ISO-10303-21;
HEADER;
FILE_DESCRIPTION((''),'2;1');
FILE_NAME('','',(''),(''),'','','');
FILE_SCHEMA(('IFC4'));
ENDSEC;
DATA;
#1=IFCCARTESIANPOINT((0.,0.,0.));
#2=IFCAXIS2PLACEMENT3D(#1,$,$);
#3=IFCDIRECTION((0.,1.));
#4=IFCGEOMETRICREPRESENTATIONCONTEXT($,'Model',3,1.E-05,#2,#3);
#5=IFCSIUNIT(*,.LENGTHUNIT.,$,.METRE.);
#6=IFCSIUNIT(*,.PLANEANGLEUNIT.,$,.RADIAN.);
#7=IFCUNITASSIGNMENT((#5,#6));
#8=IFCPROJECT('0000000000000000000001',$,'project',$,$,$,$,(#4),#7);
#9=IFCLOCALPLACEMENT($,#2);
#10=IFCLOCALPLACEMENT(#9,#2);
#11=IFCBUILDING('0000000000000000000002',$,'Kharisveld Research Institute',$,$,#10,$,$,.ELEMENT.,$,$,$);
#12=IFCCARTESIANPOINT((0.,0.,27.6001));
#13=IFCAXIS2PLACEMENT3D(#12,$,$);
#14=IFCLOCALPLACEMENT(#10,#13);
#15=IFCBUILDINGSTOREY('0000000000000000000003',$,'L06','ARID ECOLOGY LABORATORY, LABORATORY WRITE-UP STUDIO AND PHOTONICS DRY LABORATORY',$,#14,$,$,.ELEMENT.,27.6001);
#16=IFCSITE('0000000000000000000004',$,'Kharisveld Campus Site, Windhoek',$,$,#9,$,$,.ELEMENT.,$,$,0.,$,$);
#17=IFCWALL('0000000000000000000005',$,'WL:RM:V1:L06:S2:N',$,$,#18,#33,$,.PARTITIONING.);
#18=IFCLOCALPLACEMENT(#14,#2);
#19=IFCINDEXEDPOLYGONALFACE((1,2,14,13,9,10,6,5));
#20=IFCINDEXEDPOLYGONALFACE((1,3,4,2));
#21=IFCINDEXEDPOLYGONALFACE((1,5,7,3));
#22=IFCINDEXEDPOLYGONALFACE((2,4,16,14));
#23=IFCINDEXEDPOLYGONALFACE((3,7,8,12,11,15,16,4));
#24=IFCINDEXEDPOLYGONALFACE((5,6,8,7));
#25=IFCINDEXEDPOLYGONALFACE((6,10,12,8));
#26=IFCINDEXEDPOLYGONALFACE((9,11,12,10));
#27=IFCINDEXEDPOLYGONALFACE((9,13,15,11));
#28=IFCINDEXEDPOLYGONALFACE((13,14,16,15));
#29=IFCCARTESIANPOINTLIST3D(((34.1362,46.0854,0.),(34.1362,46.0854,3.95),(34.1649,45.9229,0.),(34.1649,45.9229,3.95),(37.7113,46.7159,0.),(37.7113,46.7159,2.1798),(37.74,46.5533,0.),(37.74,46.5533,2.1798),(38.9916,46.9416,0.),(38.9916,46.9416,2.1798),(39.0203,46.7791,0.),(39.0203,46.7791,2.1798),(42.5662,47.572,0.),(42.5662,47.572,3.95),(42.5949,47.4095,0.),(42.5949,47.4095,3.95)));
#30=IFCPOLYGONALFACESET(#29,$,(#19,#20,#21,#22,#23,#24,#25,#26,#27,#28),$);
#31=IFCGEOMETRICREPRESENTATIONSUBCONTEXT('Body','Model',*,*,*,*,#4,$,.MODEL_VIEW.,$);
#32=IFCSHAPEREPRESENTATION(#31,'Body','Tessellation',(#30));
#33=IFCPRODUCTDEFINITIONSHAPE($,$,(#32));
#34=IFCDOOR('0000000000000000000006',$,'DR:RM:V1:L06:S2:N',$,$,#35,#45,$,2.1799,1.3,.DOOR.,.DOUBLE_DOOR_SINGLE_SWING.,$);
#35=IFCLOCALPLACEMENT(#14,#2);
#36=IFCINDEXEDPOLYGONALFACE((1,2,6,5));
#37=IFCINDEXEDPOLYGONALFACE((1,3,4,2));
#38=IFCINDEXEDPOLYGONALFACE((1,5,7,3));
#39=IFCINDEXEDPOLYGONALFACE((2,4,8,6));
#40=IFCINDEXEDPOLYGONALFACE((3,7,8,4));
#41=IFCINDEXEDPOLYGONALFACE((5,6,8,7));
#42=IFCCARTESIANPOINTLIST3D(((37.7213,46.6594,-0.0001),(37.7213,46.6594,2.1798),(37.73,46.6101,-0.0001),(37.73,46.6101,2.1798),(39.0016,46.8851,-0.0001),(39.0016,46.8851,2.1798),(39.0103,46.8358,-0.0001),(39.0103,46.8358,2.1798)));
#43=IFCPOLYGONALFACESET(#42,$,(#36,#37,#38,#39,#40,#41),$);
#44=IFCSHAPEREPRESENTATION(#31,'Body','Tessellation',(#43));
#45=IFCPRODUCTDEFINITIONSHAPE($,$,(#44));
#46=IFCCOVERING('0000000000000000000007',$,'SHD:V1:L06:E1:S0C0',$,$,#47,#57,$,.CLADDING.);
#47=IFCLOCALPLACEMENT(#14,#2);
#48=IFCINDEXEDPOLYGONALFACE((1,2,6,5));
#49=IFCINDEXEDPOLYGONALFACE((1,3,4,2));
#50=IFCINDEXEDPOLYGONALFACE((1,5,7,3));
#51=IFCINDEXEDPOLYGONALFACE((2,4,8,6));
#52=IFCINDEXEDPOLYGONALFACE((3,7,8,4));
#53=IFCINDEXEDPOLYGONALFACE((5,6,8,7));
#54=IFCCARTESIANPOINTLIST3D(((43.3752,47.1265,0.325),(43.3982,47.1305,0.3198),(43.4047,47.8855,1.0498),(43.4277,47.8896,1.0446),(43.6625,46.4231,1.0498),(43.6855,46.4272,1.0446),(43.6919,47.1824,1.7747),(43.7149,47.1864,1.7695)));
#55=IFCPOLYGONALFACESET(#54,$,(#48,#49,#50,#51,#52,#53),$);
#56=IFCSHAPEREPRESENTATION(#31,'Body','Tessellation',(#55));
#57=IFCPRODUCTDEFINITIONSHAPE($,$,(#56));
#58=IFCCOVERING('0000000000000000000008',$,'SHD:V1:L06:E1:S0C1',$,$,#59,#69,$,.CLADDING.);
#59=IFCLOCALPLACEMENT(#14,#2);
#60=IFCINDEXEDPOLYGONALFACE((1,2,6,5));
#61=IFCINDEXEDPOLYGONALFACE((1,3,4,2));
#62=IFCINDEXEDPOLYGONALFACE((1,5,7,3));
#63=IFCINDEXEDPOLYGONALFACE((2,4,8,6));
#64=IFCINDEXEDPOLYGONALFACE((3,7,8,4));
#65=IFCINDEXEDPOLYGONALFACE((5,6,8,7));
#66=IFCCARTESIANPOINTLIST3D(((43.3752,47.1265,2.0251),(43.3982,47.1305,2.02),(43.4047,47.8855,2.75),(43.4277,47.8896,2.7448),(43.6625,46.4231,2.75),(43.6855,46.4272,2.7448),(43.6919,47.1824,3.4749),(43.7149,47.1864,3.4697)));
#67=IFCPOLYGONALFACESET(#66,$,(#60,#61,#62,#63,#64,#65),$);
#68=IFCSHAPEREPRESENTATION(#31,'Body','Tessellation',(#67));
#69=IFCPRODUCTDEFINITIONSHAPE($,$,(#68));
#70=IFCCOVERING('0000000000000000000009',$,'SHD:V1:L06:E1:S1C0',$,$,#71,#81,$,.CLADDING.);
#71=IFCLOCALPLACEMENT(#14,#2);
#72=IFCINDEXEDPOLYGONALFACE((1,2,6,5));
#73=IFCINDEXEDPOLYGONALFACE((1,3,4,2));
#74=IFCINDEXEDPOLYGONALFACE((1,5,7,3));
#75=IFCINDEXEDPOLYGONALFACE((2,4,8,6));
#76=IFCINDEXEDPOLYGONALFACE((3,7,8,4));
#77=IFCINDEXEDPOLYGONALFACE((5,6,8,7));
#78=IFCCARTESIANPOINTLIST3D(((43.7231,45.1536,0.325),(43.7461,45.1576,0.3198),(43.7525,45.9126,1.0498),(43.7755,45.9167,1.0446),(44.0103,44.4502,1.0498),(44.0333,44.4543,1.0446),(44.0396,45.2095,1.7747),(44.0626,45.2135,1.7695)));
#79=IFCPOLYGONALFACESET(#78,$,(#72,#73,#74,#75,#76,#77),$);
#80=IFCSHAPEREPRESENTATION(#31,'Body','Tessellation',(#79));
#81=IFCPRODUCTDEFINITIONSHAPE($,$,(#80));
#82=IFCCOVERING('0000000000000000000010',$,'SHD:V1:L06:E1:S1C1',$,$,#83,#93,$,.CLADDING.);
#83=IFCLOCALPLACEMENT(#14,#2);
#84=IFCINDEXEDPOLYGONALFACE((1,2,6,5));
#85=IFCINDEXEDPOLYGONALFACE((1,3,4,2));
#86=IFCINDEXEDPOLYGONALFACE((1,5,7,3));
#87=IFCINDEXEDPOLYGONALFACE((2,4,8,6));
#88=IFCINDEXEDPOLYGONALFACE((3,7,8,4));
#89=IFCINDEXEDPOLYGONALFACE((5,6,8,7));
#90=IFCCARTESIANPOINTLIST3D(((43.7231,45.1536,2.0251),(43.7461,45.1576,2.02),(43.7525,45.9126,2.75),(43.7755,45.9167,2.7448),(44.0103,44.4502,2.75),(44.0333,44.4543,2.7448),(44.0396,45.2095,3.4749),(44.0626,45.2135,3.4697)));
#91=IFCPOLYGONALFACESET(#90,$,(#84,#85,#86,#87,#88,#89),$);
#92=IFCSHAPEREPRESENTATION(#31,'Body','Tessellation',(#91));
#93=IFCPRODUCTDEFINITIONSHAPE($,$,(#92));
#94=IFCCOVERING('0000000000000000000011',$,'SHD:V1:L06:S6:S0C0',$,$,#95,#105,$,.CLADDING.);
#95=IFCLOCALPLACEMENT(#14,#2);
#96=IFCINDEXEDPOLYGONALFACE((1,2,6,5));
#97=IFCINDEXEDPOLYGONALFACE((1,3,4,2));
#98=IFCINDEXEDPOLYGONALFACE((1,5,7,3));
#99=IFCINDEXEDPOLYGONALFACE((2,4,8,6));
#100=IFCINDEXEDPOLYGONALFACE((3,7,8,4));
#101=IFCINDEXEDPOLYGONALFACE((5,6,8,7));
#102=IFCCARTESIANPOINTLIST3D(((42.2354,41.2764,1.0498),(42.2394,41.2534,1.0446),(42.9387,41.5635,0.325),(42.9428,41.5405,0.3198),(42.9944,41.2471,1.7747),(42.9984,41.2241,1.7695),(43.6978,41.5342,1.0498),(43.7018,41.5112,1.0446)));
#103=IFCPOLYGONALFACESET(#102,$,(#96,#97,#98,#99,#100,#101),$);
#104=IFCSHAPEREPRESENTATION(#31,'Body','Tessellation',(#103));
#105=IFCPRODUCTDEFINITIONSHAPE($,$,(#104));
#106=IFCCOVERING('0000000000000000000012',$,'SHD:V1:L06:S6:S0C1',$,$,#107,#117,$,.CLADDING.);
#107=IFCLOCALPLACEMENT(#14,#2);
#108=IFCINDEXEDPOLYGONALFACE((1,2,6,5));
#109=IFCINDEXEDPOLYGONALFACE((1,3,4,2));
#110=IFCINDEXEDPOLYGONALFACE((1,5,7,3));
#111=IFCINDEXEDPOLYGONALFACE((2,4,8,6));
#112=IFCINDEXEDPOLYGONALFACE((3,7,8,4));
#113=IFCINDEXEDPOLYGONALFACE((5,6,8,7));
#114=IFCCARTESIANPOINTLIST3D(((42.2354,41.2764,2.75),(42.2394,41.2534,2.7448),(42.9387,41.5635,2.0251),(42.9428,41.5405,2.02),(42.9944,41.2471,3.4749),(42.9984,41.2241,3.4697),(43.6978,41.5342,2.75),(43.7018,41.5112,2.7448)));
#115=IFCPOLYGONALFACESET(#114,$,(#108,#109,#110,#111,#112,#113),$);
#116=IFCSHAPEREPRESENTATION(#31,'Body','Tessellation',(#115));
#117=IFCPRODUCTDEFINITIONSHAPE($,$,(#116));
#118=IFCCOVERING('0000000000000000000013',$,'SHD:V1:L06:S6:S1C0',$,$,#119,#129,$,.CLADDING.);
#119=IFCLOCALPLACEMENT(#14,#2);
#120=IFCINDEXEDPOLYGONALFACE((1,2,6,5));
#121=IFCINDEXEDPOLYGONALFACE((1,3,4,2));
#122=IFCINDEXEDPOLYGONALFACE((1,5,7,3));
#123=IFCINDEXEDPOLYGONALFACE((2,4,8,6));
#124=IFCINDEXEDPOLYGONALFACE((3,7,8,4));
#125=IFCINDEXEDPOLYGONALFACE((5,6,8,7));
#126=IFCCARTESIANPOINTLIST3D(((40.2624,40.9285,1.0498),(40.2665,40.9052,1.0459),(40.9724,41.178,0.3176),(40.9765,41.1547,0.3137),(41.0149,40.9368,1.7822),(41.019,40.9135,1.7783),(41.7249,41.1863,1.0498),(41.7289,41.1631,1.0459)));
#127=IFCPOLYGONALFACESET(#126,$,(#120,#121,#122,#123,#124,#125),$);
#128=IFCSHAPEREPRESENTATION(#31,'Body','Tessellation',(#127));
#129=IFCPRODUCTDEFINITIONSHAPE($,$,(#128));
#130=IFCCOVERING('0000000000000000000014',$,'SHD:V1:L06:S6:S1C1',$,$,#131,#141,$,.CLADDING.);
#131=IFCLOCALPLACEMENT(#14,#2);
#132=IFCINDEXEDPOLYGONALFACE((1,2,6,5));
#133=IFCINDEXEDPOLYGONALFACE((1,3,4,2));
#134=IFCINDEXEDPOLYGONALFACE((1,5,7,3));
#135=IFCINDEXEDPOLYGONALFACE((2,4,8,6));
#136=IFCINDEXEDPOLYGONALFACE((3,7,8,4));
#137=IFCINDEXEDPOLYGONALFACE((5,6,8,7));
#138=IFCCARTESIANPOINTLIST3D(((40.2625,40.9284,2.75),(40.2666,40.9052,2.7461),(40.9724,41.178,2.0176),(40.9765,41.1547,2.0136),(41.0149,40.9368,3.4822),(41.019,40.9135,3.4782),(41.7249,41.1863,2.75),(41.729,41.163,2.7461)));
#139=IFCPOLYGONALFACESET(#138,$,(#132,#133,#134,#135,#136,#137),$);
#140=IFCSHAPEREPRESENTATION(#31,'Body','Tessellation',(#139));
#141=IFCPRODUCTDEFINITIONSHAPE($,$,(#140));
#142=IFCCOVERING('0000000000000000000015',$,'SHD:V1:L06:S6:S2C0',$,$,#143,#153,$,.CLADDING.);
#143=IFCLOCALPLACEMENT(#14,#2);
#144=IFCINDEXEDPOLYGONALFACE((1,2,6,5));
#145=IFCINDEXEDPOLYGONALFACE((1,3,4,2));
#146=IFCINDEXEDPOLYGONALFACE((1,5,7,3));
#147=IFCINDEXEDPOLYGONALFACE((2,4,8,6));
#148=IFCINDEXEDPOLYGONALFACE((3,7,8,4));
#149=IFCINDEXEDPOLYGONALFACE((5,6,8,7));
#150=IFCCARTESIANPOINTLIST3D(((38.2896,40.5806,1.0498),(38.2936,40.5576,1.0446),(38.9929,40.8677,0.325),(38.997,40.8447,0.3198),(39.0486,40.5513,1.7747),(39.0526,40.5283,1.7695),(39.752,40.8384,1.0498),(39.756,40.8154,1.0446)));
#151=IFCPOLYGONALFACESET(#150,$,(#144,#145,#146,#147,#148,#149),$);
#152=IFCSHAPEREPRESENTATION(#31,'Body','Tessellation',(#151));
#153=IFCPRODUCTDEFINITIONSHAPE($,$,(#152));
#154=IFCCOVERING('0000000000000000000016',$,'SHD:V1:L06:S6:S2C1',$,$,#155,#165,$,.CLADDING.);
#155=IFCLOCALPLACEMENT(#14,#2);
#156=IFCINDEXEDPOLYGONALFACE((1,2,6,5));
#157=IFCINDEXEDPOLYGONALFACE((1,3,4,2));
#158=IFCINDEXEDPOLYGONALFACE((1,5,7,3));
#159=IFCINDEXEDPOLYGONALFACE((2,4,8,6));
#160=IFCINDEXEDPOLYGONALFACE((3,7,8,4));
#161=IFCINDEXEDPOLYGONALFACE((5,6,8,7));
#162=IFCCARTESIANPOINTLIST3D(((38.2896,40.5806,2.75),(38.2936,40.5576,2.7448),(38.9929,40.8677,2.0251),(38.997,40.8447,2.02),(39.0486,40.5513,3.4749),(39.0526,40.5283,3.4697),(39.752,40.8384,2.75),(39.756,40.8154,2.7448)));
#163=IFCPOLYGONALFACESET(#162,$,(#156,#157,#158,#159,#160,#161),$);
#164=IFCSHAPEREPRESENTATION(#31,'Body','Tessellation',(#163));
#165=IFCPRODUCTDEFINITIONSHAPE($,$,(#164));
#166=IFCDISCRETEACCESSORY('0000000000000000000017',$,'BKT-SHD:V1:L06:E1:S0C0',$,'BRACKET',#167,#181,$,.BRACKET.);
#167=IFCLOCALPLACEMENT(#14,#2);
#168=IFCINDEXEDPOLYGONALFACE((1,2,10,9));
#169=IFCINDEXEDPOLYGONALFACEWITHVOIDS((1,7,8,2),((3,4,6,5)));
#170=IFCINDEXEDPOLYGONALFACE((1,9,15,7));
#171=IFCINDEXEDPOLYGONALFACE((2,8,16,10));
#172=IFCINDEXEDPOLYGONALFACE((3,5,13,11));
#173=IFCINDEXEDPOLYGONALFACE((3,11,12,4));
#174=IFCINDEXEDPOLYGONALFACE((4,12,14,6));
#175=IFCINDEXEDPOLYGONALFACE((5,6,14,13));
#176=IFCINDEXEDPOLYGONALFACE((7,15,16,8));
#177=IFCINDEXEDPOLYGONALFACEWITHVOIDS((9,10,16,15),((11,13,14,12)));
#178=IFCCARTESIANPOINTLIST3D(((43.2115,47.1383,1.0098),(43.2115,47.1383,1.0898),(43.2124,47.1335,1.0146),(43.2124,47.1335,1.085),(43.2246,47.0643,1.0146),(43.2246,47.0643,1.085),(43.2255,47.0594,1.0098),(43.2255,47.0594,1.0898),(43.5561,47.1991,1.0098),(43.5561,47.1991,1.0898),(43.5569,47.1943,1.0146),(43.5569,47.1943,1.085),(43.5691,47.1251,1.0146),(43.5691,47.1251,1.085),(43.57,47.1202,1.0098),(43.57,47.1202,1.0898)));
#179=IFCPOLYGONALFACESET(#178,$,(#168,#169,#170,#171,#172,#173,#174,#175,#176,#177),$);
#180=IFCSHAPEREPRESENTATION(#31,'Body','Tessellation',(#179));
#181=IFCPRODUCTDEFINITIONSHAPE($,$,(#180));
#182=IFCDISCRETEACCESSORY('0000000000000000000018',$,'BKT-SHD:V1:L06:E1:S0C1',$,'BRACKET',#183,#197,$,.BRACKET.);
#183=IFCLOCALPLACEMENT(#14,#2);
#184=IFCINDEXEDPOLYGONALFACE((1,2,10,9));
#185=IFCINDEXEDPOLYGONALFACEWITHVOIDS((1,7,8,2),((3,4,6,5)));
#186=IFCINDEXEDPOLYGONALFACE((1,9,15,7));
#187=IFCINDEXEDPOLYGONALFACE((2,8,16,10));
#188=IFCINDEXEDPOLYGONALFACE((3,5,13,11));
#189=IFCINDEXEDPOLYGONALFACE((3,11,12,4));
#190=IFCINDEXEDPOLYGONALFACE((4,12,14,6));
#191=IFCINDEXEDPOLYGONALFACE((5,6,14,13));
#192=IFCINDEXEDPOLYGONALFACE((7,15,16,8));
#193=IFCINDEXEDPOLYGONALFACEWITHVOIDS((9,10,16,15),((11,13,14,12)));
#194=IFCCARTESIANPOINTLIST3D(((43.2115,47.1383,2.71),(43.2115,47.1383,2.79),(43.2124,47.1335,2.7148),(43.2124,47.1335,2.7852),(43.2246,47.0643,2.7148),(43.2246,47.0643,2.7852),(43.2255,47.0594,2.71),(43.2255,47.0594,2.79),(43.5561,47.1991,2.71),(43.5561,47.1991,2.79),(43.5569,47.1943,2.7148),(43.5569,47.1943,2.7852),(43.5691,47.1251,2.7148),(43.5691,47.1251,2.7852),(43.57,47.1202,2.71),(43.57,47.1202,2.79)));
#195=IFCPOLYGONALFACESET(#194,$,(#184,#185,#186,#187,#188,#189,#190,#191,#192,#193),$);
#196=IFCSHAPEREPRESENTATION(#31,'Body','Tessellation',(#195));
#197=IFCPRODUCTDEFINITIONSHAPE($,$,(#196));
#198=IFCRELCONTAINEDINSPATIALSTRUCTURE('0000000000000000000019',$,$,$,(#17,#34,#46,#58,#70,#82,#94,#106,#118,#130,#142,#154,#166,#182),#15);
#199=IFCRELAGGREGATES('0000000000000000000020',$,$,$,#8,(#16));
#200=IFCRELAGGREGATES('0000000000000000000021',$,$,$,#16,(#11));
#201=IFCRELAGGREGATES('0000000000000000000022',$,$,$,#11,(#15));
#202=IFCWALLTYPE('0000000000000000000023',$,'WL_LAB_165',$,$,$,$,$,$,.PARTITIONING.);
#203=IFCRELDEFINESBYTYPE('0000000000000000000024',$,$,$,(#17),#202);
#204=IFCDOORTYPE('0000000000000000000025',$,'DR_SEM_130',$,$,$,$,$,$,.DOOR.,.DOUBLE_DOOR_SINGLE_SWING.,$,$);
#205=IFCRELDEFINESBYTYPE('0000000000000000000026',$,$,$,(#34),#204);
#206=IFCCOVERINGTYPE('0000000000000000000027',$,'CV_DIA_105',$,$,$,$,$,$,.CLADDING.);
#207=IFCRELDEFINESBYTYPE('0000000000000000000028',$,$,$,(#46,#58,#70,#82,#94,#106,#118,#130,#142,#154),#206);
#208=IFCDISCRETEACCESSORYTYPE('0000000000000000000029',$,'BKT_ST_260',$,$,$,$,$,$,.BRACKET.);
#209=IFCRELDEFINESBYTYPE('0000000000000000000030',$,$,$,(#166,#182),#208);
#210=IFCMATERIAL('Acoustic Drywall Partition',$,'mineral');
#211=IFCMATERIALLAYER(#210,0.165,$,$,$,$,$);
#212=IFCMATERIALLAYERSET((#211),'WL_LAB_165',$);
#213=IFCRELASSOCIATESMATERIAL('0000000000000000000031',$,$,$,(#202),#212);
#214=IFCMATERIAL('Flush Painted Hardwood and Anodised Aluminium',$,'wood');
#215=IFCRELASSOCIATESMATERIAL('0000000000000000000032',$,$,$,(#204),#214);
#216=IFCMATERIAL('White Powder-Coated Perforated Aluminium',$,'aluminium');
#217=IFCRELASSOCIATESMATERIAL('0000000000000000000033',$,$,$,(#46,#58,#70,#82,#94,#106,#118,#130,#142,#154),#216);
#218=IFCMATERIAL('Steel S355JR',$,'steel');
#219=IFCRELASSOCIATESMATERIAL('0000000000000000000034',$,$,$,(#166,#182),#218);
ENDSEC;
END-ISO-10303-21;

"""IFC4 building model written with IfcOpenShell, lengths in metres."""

from ifc_helpers import new_model, si_unit, direction, frame, frame_2d, origin, origin_2d, place, context, subcontext, project, spatial, polyline, rectangle, hollow_rectangle, outline, extrude, material, layer, layer_set, type_object, element, fill, save


model = new_model("IFC4")

# Units and contexts
model_context = context("Model", 3, precision=1e-05, world=origin(), true_north=direction((0.0, 1.0)))
body_context = subcontext(model_context, "Body", "Model", "MODEL_VIEW")
ifc_project = project(units=[si_unit("LENGTHUNIT", "METRE"), si_unit("PLANEANGLEUNIT", "RADIAN")], contexts=[model_context])

# Site, building, storey
site_placement = place(None, origin())
site = spatial("IfcSite", under=ifc_project, at=site_placement, Name="Kharisveld Campus Site, Windhoek", CompositionType="ELEMENT", RefElevation=0.0)
building_placement = place(site_placement, origin())
building = spatial("IfcBuilding", under=site, at=building_placement, Name="Kharisveld Research Institute", CompositionType="ELEMENT")
storey_placement = place(building_placement, frame((0.0, 0.0, 27.6001)))
storey = spatial("IfcBuildingStorey", under=building, at=storey_placement, Name="L06", Description="ARID ECOLOGY LABORATORY, LABORATORY WRITE-UP STUDIO AND PHOTONICS DRY LABORATORY", CompositionType="ELEMENT", Elevation=27.6001)

# Wall, opening, door
ifc_material_1 = material(Name="Acoustic Drywall Partition", Category="mineral")
ifc_layer_1 = layer(ifc_material_1, 0.165)
ifc_layer_set_1 = layer_set([ifc_layer_1], Name="WL_LAB_165")
wall_type_1 = type_object("IfcWallType", Name="WL_LAB_165", PredefinedType="PARTITIONING", material=ifc_layer_set_1)
wall_1_placement = place(storey_placement, frame((42.5806, 47.4907, 0.0), z_axis=(0.0, 0.0, 1.0), x_axis=(-0.984805, -0.173665, 0.0)))
wall_1 = element("IfcWall", 1, at=wall_1_placement, inside=storey, type_object=wall_type_1, Name="WL:RM:V1:L06:S2:N", PredefinedType="PARTITIONING", context=body_context, shape_type="SweptSolid", body=[
    extrude(rectangle(XDim=8.5601, YDim=0.165, at=frame_2d((4.28, 0.0))), origin(), (0.0, 0.0, 1.0), 3.95),
])
opening_1_placement = place(wall_1_placement, frame((3.6299, 0.0, 0.0)))
opening_1 = element("IfcOpeningElement", 2, at=opening_1_placement, cuts=wall_1, PredefinedType="OPENING", context=body_context, shape_type="SweptSolid", body=[
    extrude(rectangle(XDim=1.3, YDim=2.1799, at=frame_2d((0.6499, 1.0898))), frame((0.0, 0.0825, 0.0), z_axis=(0.0, -1.0, 0.0), x_axis=(1.0, 0.0, 0.0)), (0.0, 0.0, 1.0), 0.165),
])
ifc_material_2 = material(Name="Flush Painted Hardwood and Anodised Aluminium", Category="wood")
door_type = type_object("IfcDoorType", Name="DR_SEM_130", OperationType="DOUBLE_DOOR_SINGLE_SWING", PredefinedType="DOOR", material=ifc_material_2)
door_placement = place(opening_1_placement, origin())
door = element("IfcDoor", 3, at=door_placement, inside=storey, type_object=door_type, Name="DR:RM:V1:L06:S2:N", OperationType="DOUBLE_DOOR_SINGLE_SWING", OverallHeight=2.1799, OverallWidth=1.3, PredefinedType="DOOR", context=body_context, shape_type="SweptSolid", body=[
    extrude(rectangle(XDim=1.3, YDim=2.1799, at=frame_2d((0.6499, 1.0898))), frame((0.0, 0.0249, 0.0), z_axis=(0.0, -1.0, 0.0), x_axis=(1.0, 0.0, 0.0)), (0.0, 0.0, 1.0), 0.05),
])
fill(opening_1, door)

# Coverings
ifc_material_3 = material(Name="White Powder-Coated Perforated Aluminium", Category="aluminium")
covering_type = type_object("IfcCoveringType", Name="CV_DIA_105", PredefinedType="CLADDING")
for number, where, z_axis, x_axis, name in (
    (4, (43.3752, 47.1265, 0.325), (-0.961447, -0.169497, 0.21654), (0.273555, -0.669831, 0.690286), "SHD:V1:L06:E1:S0C0"),
    (5, (43.3752, 47.1265, 2.0251), (-0.961447, -0.169497, 0.21654), (0.273555, -0.669831, 0.690286), "SHD:V1:L06:E1:S0C1"),
):
    element("IfcCovering", number, at=place(storey_placement, frame(where, z_axis=z_axis, x_axis=x_axis)), inside=storey, type_object=covering_type, material=ifc_material_3, Name=name, PredefinedType="CLADDING", context=body_context, shape_type="SweptSolid", body=[
        extrude(outline(polyline([(0.0, 0.0), (1.05, 0.0), (1.0499, 1.0501), (-0.0001, 1.05), (0.0, 0.0)])), origin(), (0.0, 0.0, -1.0), 0.0239),
    ])
for number, where, z_axis, x_axis, name in (
    (6, (43.7231, 45.1536, 0.325), (-0.961481, -0.169503, 0.216385), (0.273447, -0.66985, 0.69031), "SHD:V1:L06:E1:S1C0"),
    (7, (43.7231, 45.1536, 2.0251), (-0.961481, -0.169503, 0.216385), (0.273447, -0.66985, 0.69031), "SHD:V1:L06:E1:S1C1"),
):
    element("IfcCovering", number, at=place(storey_placement, frame(where, z_axis=z_axis, x_axis=x_axis)), inside=storey, type_object=covering_type, material=ifc_material_3, Name=name, PredefinedType="CLADDING", context=body_context, shape_type="SweptSolid", body=[
        extrude(outline(polyline([(0.0, 0.0), (1.05, 0.0), (1.0498, 1.0501), (-0.0001, 1.05), (0.0, 0.0)])), origin(), (0.0, 0.0, -1.0), 0.0239),
    ])
for number, where, z_axis, x_axis, name in (
    (8, (42.9387, 41.5635, 0.325), (-0.169504, 0.961487, 0.216358), (-0.669853, -0.273429, 0.690314), "SHD:V1:L06:S6:S0C0"),
    (9, (42.9387, 41.5635, 2.0251), (-0.169504, 0.961487, 0.216358), (-0.669853, -0.273429, 0.690314), "SHD:V1:L06:S6:S0C1"),
):
    element("IfcCovering", number, at=place(storey_placement, frame(where, z_axis=z_axis, x_axis=x_axis)), inside=storey, type_object=covering_type, material=ifc_material_3, Name=name, PredefinedType="CLADDING", context=body_context, shape_type="SweptSolid", body=[
        extrude(outline(polyline([(0.0, 0.0), (1.05, 0.0), (1.05, 1.05), (-0.0001, 1.05), (0.0, 0.0)])), origin(), (0.0, 0.0, -1.0), 0.0239),
    ])
covering_1_placement = place(storey_placement, frame((40.9724, 41.178, 0.3176), z_axis=(-0.171239, 0.971325, 0.164938), x_axis=(-0.676192, -0.237624, 0.697352)))
element("IfcCovering", 10, at=covering_1_placement, inside=storey, type_object=covering_type, material=ifc_material_3, Name="SHD:V1:L06:S6:S1C0", PredefinedType="CLADDING", context=body_context, shape_type="SweptSolid", body=[
    extrude(outline(polyline([(0.0, 0.0), (1.0499, 0.0), (1.0499, 1.0501), (-0.0002, 1.0499), (0.0, 0.0)])), origin(), (0.0, 0.0, -1.0), 0.0239),
])
covering_2_placement = place(storey_placement, frame((40.9724, 41.178, 2.0176), z_axis=(-0.171239, 0.971325, 0.164938), x_axis=(-0.676076, -0.237623, 0.697465)))
element("IfcCovering", 11, at=covering_2_placement, inside=storey, type_object=covering_type, material=ifc_material_3, Name="SHD:V1:L06:S6:S1C1", PredefinedType="CLADDING", context=body_context, shape_type="SweptSolid", body=[
    extrude(outline(polyline([(0.0, 0.0), (1.0501, 0.0), (1.0501, 1.0499), (0.0002, 1.0501), (0.0, 0.0)])), origin(), (0.0, 0.0, -1.0), 0.0239),
])
for number, where, z_axis, x_axis, name in (
    (12, (38.9929, 40.8677, 0.325), (-0.169504, 0.961487, 0.216358), (-0.669853, -0.273429, 0.690314), "SHD:V1:L06:S6:S2C0"),
    (13, (38.9929, 40.8677, 2.0251), (-0.169504, 0.961487, 0.216358), (-0.669853, -0.273429, 0.690314), "SHD:V1:L06:S6:S2C1"),
):
    element("IfcCovering", number, at=place(storey_placement, frame(where, z_axis=z_axis, x_axis=x_axis)), inside=storey, type_object=covering_type, material=ifc_material_3, Name=name, PredefinedType="CLADDING", context=body_context, shape_type="SweptSolid", body=[
        extrude(outline(polyline([(0.0, 0.0), (1.05, 0.0), (1.05, 1.05), (-0.0001, 1.05), (0.0, 0.0)])), origin(), (0.0, 0.0, -1.0), 0.0239),
    ])

# Discrete accessories
ifc_material_4 = material(Name="Steel S355JR", Category="steel")
discrete_accessory_type = type_object("IfcDiscreteAccessoryType", Name="BKT_ST_260", PredefinedType="BRACKET")
for number, where, z_axis, x_axis, name in (
    (14, (43.2185, 47.0989, 1.0498), (0.984784, 0.173785, 0.0), (-0.173785, 0.984784, 0.0), "BKT-SHD:V1:L06:E1:S0C0"),
    (15, (43.2185, 47.0989, 2.75), (0.984784, 0.173785, 0.0), (-0.173785, 0.984784, 0.0), "BKT-SHD:V1:L06:E1:S0C1"),
):
    element("IfcDiscreteAccessory", number, at=place(storey_placement, frame(where, z_axis=z_axis, x_axis=x_axis)), inside=storey, type_object=discrete_accessory_type, material=ifc_material_4, Name=name, ObjectType="BRACKET", PredefinedType="BRACKET", context=body_context, shape_type="SweptSolid", body=[
        extrude(hollow_rectangle(XDim=0.0801, YDim=0.0801, WallThickness=0.0049, at=origin_2d()), origin(), (0.0, 0.0, 1.0), 0.3499),
    ])

save(model, "model.ifc")
